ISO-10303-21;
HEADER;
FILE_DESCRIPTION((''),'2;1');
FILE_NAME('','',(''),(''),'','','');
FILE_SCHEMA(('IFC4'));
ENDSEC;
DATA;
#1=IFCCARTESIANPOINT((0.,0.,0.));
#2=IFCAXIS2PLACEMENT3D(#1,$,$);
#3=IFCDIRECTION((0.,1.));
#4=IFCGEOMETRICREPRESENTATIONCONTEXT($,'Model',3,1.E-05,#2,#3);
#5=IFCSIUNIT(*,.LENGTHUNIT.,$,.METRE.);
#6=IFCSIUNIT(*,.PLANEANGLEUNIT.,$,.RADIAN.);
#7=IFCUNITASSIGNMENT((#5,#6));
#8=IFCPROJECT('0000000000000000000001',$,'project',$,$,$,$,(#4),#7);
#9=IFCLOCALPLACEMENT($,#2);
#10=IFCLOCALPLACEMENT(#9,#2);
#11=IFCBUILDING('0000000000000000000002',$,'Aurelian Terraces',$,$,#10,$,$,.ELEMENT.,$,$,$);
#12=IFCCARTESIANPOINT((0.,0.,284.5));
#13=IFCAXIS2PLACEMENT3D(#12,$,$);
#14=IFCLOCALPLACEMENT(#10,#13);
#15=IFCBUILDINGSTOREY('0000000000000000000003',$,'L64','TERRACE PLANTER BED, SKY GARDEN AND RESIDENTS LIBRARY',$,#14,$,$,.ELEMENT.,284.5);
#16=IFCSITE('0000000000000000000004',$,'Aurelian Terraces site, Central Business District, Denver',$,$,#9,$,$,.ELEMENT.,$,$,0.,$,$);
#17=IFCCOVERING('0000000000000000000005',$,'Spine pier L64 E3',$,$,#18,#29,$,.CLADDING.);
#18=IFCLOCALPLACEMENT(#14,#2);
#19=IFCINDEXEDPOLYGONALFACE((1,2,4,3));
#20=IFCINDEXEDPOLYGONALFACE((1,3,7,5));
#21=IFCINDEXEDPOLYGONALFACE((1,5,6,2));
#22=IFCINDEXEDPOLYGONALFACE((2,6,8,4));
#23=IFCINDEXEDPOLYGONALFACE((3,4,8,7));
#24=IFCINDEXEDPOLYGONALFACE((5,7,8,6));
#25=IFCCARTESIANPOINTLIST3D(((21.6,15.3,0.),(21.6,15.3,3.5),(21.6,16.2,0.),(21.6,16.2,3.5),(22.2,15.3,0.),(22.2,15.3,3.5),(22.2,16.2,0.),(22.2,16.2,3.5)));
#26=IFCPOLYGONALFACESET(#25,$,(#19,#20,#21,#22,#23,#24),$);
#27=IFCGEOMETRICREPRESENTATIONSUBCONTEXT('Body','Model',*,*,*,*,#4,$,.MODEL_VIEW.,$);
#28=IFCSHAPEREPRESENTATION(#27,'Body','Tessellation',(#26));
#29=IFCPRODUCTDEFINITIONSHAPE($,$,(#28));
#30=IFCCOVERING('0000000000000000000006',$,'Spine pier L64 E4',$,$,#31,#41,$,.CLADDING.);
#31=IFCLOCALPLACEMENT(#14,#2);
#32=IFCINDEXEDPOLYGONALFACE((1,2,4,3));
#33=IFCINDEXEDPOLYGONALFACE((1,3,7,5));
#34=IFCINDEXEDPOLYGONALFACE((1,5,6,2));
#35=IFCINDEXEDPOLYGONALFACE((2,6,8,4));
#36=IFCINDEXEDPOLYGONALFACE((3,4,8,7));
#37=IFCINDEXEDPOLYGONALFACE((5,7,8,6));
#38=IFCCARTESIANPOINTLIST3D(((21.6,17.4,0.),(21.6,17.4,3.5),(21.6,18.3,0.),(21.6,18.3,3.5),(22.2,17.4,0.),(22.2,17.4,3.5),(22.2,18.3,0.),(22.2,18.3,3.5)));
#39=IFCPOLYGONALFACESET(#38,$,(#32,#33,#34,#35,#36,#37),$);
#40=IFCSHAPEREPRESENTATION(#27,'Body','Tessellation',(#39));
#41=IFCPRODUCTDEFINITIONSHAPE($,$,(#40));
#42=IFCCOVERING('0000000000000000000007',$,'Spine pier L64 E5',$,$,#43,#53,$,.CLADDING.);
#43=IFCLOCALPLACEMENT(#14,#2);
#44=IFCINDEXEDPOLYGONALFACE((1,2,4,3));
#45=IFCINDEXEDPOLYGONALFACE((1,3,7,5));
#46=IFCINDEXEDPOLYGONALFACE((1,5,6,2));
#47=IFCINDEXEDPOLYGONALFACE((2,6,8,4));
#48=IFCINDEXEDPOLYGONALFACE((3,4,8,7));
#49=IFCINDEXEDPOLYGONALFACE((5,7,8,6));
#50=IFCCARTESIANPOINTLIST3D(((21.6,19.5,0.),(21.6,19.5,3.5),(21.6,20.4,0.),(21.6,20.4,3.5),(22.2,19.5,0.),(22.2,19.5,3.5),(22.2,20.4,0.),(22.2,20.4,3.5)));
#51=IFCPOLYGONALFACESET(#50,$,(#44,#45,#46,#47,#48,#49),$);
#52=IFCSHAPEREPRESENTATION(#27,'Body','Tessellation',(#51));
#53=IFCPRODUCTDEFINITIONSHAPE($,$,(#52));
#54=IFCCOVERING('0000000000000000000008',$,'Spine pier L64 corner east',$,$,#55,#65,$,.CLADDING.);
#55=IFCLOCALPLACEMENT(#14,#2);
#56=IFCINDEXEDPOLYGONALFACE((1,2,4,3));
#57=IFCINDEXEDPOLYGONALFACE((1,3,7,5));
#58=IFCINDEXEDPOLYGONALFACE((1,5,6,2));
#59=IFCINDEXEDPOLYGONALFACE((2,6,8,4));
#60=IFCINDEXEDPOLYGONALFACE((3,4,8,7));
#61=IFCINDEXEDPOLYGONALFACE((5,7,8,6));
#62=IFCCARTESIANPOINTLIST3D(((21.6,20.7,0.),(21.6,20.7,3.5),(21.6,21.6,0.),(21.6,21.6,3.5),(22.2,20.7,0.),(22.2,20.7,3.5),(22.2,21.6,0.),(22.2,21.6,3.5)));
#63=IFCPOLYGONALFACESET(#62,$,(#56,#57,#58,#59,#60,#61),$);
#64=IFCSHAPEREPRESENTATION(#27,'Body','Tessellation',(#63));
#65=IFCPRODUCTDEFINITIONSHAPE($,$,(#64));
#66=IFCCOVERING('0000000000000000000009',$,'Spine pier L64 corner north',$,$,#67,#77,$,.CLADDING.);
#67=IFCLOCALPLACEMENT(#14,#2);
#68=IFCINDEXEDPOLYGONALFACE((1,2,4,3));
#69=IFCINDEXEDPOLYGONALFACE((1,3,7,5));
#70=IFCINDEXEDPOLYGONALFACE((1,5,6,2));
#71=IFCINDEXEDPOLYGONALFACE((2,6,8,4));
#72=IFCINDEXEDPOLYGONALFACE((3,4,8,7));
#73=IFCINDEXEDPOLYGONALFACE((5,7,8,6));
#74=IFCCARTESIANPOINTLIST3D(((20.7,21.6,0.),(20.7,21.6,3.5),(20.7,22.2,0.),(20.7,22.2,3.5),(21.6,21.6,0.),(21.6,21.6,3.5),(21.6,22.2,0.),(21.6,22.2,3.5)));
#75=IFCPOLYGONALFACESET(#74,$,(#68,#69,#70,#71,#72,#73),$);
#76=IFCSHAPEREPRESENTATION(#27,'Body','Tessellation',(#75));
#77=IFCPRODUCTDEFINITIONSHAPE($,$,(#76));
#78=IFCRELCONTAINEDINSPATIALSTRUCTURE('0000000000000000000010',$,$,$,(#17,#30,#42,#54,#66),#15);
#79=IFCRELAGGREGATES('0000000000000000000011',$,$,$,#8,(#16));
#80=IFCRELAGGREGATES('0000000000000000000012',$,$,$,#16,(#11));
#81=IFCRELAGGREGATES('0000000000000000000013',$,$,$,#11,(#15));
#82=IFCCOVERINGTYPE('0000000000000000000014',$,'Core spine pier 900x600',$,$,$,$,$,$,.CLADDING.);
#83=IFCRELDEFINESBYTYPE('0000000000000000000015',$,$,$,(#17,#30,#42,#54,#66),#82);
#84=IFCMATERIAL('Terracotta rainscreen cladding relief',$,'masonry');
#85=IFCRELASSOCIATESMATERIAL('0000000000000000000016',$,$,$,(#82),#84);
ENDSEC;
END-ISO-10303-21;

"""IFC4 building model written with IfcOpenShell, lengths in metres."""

from ifc_helpers import new_model, si_unit, direction, frame, origin, origin_2d, place, context, subcontext, project, spatial, rectangle, extrude, source, transform, mapped, material, type_object, element, save


model = new_model("IFC4")

# Units and contexts
model_context = context("Model", 3, precision=1e-05, world=origin(), true_north=direction((0.0, 1.0)))
body_context = subcontext(model_context, "Body", "Model", "MODEL_VIEW")
ifc_project = project(units=[si_unit("LENGTHUNIT", "METRE"), si_unit("PLANEANGLEUNIT", "RADIAN")], contexts=[model_context])

# Site, building, storey
site_placement = place(None, origin())
site = spatial("IfcSite", under=ifc_project, at=site_placement, Name="Aurelian Terraces site, Central Business District, Denver", CompositionType="ELEMENT", RefElevation=0.0)
building_placement = place(site_placement, origin())
building = spatial("IfcBuilding", under=site, at=building_placement, Name="Aurelian Terraces", CompositionType="ELEMENT")
storey_placement = place(building_placement, frame((0.0, 0.0, 284.5)))
storey = spatial("IfcBuildingStorey", under=building, at=storey_placement, Name="L64", Description="TERRACE PLANTER BED, SKY GARDEN AND RESIDENTS LIBRARY", CompositionType="ELEMENT", Elevation=284.5)

# Coverings
ifc_material_1 = material(Name="Terracotta rainscreen cladding relief", Category="masonry")
covering_type_1 = type_object("IfcCoveringType", Name="Core spine pier 900x600", PredefinedType="CLADDING", material=ifc_material_1)
shared_shape_1 = source(origin(), body_context, "Body", "SweptSolid", [
    extrude(rectangle(XDim=0.6, YDim=0.9, at=origin_2d()), origin(), (0.0, 0.0, 1.0), 3.5),
])
for number, where, z_axis, x_axis, name in (
    (1, (21.9, 15.75, 0.0), (0.0, 0.0, 1.0), (1.0, 0.0, 0.0), "Spine pier L64 E3"),
    (2, (21.9, 17.85, 0.0), (0.0, 0.0, 1.0), (1.0, 0.0, 0.0), "Spine pier L64 E4"),
    (3, (21.9, 19.95, 0.0), (0.0, 0.0, 1.0), (1.0, 0.0, 0.0), "Spine pier L64 E5"),
    (4, (21.9, 21.15, 0.0), (0.0, 0.0, 1.0), (1.0, 0.0, 0.0), "Spine pier L64 corner east"),
):
    element("IfcCovering", number, at=place(storey_placement, frame(where, z_axis=z_axis, x_axis=x_axis)), inside=storey, type_object=covering_type_1, Name=name, PredefinedType="CLADDING", context=body_context, shape_type="MappedRepresentation", body=[
        mapped(shared_shape_1, transform((0.0, 0.0, 0.0), scale=1.0)),
    ])
shared_shape_2 = source(origin(), body_context, "Body", "SweptSolid", [
    extrude(rectangle(XDim=0.9, YDim=0.6, at=origin_2d()), origin(), (0.0, 0.0, 1.0), 3.5),
])
covering_1_placement = place(storey_placement, frame((21.15, 21.9, 0.0), z_axis=(0.0, 0.0, 1.0), x_axis=(1.0, 0.0, 0.0)))
element("IfcCovering", 5, at=covering_1_placement, inside=storey, type_object=covering_type_1, Name="Spine pier L64 corner north", PredefinedType="CLADDING", context=body_context, shape_type="MappedRepresentation", body=[
    mapped(shared_shape_2, transform((0.0, 0.0, 0.0), scale=1.0)),
])

save(model, "model.ifc")
